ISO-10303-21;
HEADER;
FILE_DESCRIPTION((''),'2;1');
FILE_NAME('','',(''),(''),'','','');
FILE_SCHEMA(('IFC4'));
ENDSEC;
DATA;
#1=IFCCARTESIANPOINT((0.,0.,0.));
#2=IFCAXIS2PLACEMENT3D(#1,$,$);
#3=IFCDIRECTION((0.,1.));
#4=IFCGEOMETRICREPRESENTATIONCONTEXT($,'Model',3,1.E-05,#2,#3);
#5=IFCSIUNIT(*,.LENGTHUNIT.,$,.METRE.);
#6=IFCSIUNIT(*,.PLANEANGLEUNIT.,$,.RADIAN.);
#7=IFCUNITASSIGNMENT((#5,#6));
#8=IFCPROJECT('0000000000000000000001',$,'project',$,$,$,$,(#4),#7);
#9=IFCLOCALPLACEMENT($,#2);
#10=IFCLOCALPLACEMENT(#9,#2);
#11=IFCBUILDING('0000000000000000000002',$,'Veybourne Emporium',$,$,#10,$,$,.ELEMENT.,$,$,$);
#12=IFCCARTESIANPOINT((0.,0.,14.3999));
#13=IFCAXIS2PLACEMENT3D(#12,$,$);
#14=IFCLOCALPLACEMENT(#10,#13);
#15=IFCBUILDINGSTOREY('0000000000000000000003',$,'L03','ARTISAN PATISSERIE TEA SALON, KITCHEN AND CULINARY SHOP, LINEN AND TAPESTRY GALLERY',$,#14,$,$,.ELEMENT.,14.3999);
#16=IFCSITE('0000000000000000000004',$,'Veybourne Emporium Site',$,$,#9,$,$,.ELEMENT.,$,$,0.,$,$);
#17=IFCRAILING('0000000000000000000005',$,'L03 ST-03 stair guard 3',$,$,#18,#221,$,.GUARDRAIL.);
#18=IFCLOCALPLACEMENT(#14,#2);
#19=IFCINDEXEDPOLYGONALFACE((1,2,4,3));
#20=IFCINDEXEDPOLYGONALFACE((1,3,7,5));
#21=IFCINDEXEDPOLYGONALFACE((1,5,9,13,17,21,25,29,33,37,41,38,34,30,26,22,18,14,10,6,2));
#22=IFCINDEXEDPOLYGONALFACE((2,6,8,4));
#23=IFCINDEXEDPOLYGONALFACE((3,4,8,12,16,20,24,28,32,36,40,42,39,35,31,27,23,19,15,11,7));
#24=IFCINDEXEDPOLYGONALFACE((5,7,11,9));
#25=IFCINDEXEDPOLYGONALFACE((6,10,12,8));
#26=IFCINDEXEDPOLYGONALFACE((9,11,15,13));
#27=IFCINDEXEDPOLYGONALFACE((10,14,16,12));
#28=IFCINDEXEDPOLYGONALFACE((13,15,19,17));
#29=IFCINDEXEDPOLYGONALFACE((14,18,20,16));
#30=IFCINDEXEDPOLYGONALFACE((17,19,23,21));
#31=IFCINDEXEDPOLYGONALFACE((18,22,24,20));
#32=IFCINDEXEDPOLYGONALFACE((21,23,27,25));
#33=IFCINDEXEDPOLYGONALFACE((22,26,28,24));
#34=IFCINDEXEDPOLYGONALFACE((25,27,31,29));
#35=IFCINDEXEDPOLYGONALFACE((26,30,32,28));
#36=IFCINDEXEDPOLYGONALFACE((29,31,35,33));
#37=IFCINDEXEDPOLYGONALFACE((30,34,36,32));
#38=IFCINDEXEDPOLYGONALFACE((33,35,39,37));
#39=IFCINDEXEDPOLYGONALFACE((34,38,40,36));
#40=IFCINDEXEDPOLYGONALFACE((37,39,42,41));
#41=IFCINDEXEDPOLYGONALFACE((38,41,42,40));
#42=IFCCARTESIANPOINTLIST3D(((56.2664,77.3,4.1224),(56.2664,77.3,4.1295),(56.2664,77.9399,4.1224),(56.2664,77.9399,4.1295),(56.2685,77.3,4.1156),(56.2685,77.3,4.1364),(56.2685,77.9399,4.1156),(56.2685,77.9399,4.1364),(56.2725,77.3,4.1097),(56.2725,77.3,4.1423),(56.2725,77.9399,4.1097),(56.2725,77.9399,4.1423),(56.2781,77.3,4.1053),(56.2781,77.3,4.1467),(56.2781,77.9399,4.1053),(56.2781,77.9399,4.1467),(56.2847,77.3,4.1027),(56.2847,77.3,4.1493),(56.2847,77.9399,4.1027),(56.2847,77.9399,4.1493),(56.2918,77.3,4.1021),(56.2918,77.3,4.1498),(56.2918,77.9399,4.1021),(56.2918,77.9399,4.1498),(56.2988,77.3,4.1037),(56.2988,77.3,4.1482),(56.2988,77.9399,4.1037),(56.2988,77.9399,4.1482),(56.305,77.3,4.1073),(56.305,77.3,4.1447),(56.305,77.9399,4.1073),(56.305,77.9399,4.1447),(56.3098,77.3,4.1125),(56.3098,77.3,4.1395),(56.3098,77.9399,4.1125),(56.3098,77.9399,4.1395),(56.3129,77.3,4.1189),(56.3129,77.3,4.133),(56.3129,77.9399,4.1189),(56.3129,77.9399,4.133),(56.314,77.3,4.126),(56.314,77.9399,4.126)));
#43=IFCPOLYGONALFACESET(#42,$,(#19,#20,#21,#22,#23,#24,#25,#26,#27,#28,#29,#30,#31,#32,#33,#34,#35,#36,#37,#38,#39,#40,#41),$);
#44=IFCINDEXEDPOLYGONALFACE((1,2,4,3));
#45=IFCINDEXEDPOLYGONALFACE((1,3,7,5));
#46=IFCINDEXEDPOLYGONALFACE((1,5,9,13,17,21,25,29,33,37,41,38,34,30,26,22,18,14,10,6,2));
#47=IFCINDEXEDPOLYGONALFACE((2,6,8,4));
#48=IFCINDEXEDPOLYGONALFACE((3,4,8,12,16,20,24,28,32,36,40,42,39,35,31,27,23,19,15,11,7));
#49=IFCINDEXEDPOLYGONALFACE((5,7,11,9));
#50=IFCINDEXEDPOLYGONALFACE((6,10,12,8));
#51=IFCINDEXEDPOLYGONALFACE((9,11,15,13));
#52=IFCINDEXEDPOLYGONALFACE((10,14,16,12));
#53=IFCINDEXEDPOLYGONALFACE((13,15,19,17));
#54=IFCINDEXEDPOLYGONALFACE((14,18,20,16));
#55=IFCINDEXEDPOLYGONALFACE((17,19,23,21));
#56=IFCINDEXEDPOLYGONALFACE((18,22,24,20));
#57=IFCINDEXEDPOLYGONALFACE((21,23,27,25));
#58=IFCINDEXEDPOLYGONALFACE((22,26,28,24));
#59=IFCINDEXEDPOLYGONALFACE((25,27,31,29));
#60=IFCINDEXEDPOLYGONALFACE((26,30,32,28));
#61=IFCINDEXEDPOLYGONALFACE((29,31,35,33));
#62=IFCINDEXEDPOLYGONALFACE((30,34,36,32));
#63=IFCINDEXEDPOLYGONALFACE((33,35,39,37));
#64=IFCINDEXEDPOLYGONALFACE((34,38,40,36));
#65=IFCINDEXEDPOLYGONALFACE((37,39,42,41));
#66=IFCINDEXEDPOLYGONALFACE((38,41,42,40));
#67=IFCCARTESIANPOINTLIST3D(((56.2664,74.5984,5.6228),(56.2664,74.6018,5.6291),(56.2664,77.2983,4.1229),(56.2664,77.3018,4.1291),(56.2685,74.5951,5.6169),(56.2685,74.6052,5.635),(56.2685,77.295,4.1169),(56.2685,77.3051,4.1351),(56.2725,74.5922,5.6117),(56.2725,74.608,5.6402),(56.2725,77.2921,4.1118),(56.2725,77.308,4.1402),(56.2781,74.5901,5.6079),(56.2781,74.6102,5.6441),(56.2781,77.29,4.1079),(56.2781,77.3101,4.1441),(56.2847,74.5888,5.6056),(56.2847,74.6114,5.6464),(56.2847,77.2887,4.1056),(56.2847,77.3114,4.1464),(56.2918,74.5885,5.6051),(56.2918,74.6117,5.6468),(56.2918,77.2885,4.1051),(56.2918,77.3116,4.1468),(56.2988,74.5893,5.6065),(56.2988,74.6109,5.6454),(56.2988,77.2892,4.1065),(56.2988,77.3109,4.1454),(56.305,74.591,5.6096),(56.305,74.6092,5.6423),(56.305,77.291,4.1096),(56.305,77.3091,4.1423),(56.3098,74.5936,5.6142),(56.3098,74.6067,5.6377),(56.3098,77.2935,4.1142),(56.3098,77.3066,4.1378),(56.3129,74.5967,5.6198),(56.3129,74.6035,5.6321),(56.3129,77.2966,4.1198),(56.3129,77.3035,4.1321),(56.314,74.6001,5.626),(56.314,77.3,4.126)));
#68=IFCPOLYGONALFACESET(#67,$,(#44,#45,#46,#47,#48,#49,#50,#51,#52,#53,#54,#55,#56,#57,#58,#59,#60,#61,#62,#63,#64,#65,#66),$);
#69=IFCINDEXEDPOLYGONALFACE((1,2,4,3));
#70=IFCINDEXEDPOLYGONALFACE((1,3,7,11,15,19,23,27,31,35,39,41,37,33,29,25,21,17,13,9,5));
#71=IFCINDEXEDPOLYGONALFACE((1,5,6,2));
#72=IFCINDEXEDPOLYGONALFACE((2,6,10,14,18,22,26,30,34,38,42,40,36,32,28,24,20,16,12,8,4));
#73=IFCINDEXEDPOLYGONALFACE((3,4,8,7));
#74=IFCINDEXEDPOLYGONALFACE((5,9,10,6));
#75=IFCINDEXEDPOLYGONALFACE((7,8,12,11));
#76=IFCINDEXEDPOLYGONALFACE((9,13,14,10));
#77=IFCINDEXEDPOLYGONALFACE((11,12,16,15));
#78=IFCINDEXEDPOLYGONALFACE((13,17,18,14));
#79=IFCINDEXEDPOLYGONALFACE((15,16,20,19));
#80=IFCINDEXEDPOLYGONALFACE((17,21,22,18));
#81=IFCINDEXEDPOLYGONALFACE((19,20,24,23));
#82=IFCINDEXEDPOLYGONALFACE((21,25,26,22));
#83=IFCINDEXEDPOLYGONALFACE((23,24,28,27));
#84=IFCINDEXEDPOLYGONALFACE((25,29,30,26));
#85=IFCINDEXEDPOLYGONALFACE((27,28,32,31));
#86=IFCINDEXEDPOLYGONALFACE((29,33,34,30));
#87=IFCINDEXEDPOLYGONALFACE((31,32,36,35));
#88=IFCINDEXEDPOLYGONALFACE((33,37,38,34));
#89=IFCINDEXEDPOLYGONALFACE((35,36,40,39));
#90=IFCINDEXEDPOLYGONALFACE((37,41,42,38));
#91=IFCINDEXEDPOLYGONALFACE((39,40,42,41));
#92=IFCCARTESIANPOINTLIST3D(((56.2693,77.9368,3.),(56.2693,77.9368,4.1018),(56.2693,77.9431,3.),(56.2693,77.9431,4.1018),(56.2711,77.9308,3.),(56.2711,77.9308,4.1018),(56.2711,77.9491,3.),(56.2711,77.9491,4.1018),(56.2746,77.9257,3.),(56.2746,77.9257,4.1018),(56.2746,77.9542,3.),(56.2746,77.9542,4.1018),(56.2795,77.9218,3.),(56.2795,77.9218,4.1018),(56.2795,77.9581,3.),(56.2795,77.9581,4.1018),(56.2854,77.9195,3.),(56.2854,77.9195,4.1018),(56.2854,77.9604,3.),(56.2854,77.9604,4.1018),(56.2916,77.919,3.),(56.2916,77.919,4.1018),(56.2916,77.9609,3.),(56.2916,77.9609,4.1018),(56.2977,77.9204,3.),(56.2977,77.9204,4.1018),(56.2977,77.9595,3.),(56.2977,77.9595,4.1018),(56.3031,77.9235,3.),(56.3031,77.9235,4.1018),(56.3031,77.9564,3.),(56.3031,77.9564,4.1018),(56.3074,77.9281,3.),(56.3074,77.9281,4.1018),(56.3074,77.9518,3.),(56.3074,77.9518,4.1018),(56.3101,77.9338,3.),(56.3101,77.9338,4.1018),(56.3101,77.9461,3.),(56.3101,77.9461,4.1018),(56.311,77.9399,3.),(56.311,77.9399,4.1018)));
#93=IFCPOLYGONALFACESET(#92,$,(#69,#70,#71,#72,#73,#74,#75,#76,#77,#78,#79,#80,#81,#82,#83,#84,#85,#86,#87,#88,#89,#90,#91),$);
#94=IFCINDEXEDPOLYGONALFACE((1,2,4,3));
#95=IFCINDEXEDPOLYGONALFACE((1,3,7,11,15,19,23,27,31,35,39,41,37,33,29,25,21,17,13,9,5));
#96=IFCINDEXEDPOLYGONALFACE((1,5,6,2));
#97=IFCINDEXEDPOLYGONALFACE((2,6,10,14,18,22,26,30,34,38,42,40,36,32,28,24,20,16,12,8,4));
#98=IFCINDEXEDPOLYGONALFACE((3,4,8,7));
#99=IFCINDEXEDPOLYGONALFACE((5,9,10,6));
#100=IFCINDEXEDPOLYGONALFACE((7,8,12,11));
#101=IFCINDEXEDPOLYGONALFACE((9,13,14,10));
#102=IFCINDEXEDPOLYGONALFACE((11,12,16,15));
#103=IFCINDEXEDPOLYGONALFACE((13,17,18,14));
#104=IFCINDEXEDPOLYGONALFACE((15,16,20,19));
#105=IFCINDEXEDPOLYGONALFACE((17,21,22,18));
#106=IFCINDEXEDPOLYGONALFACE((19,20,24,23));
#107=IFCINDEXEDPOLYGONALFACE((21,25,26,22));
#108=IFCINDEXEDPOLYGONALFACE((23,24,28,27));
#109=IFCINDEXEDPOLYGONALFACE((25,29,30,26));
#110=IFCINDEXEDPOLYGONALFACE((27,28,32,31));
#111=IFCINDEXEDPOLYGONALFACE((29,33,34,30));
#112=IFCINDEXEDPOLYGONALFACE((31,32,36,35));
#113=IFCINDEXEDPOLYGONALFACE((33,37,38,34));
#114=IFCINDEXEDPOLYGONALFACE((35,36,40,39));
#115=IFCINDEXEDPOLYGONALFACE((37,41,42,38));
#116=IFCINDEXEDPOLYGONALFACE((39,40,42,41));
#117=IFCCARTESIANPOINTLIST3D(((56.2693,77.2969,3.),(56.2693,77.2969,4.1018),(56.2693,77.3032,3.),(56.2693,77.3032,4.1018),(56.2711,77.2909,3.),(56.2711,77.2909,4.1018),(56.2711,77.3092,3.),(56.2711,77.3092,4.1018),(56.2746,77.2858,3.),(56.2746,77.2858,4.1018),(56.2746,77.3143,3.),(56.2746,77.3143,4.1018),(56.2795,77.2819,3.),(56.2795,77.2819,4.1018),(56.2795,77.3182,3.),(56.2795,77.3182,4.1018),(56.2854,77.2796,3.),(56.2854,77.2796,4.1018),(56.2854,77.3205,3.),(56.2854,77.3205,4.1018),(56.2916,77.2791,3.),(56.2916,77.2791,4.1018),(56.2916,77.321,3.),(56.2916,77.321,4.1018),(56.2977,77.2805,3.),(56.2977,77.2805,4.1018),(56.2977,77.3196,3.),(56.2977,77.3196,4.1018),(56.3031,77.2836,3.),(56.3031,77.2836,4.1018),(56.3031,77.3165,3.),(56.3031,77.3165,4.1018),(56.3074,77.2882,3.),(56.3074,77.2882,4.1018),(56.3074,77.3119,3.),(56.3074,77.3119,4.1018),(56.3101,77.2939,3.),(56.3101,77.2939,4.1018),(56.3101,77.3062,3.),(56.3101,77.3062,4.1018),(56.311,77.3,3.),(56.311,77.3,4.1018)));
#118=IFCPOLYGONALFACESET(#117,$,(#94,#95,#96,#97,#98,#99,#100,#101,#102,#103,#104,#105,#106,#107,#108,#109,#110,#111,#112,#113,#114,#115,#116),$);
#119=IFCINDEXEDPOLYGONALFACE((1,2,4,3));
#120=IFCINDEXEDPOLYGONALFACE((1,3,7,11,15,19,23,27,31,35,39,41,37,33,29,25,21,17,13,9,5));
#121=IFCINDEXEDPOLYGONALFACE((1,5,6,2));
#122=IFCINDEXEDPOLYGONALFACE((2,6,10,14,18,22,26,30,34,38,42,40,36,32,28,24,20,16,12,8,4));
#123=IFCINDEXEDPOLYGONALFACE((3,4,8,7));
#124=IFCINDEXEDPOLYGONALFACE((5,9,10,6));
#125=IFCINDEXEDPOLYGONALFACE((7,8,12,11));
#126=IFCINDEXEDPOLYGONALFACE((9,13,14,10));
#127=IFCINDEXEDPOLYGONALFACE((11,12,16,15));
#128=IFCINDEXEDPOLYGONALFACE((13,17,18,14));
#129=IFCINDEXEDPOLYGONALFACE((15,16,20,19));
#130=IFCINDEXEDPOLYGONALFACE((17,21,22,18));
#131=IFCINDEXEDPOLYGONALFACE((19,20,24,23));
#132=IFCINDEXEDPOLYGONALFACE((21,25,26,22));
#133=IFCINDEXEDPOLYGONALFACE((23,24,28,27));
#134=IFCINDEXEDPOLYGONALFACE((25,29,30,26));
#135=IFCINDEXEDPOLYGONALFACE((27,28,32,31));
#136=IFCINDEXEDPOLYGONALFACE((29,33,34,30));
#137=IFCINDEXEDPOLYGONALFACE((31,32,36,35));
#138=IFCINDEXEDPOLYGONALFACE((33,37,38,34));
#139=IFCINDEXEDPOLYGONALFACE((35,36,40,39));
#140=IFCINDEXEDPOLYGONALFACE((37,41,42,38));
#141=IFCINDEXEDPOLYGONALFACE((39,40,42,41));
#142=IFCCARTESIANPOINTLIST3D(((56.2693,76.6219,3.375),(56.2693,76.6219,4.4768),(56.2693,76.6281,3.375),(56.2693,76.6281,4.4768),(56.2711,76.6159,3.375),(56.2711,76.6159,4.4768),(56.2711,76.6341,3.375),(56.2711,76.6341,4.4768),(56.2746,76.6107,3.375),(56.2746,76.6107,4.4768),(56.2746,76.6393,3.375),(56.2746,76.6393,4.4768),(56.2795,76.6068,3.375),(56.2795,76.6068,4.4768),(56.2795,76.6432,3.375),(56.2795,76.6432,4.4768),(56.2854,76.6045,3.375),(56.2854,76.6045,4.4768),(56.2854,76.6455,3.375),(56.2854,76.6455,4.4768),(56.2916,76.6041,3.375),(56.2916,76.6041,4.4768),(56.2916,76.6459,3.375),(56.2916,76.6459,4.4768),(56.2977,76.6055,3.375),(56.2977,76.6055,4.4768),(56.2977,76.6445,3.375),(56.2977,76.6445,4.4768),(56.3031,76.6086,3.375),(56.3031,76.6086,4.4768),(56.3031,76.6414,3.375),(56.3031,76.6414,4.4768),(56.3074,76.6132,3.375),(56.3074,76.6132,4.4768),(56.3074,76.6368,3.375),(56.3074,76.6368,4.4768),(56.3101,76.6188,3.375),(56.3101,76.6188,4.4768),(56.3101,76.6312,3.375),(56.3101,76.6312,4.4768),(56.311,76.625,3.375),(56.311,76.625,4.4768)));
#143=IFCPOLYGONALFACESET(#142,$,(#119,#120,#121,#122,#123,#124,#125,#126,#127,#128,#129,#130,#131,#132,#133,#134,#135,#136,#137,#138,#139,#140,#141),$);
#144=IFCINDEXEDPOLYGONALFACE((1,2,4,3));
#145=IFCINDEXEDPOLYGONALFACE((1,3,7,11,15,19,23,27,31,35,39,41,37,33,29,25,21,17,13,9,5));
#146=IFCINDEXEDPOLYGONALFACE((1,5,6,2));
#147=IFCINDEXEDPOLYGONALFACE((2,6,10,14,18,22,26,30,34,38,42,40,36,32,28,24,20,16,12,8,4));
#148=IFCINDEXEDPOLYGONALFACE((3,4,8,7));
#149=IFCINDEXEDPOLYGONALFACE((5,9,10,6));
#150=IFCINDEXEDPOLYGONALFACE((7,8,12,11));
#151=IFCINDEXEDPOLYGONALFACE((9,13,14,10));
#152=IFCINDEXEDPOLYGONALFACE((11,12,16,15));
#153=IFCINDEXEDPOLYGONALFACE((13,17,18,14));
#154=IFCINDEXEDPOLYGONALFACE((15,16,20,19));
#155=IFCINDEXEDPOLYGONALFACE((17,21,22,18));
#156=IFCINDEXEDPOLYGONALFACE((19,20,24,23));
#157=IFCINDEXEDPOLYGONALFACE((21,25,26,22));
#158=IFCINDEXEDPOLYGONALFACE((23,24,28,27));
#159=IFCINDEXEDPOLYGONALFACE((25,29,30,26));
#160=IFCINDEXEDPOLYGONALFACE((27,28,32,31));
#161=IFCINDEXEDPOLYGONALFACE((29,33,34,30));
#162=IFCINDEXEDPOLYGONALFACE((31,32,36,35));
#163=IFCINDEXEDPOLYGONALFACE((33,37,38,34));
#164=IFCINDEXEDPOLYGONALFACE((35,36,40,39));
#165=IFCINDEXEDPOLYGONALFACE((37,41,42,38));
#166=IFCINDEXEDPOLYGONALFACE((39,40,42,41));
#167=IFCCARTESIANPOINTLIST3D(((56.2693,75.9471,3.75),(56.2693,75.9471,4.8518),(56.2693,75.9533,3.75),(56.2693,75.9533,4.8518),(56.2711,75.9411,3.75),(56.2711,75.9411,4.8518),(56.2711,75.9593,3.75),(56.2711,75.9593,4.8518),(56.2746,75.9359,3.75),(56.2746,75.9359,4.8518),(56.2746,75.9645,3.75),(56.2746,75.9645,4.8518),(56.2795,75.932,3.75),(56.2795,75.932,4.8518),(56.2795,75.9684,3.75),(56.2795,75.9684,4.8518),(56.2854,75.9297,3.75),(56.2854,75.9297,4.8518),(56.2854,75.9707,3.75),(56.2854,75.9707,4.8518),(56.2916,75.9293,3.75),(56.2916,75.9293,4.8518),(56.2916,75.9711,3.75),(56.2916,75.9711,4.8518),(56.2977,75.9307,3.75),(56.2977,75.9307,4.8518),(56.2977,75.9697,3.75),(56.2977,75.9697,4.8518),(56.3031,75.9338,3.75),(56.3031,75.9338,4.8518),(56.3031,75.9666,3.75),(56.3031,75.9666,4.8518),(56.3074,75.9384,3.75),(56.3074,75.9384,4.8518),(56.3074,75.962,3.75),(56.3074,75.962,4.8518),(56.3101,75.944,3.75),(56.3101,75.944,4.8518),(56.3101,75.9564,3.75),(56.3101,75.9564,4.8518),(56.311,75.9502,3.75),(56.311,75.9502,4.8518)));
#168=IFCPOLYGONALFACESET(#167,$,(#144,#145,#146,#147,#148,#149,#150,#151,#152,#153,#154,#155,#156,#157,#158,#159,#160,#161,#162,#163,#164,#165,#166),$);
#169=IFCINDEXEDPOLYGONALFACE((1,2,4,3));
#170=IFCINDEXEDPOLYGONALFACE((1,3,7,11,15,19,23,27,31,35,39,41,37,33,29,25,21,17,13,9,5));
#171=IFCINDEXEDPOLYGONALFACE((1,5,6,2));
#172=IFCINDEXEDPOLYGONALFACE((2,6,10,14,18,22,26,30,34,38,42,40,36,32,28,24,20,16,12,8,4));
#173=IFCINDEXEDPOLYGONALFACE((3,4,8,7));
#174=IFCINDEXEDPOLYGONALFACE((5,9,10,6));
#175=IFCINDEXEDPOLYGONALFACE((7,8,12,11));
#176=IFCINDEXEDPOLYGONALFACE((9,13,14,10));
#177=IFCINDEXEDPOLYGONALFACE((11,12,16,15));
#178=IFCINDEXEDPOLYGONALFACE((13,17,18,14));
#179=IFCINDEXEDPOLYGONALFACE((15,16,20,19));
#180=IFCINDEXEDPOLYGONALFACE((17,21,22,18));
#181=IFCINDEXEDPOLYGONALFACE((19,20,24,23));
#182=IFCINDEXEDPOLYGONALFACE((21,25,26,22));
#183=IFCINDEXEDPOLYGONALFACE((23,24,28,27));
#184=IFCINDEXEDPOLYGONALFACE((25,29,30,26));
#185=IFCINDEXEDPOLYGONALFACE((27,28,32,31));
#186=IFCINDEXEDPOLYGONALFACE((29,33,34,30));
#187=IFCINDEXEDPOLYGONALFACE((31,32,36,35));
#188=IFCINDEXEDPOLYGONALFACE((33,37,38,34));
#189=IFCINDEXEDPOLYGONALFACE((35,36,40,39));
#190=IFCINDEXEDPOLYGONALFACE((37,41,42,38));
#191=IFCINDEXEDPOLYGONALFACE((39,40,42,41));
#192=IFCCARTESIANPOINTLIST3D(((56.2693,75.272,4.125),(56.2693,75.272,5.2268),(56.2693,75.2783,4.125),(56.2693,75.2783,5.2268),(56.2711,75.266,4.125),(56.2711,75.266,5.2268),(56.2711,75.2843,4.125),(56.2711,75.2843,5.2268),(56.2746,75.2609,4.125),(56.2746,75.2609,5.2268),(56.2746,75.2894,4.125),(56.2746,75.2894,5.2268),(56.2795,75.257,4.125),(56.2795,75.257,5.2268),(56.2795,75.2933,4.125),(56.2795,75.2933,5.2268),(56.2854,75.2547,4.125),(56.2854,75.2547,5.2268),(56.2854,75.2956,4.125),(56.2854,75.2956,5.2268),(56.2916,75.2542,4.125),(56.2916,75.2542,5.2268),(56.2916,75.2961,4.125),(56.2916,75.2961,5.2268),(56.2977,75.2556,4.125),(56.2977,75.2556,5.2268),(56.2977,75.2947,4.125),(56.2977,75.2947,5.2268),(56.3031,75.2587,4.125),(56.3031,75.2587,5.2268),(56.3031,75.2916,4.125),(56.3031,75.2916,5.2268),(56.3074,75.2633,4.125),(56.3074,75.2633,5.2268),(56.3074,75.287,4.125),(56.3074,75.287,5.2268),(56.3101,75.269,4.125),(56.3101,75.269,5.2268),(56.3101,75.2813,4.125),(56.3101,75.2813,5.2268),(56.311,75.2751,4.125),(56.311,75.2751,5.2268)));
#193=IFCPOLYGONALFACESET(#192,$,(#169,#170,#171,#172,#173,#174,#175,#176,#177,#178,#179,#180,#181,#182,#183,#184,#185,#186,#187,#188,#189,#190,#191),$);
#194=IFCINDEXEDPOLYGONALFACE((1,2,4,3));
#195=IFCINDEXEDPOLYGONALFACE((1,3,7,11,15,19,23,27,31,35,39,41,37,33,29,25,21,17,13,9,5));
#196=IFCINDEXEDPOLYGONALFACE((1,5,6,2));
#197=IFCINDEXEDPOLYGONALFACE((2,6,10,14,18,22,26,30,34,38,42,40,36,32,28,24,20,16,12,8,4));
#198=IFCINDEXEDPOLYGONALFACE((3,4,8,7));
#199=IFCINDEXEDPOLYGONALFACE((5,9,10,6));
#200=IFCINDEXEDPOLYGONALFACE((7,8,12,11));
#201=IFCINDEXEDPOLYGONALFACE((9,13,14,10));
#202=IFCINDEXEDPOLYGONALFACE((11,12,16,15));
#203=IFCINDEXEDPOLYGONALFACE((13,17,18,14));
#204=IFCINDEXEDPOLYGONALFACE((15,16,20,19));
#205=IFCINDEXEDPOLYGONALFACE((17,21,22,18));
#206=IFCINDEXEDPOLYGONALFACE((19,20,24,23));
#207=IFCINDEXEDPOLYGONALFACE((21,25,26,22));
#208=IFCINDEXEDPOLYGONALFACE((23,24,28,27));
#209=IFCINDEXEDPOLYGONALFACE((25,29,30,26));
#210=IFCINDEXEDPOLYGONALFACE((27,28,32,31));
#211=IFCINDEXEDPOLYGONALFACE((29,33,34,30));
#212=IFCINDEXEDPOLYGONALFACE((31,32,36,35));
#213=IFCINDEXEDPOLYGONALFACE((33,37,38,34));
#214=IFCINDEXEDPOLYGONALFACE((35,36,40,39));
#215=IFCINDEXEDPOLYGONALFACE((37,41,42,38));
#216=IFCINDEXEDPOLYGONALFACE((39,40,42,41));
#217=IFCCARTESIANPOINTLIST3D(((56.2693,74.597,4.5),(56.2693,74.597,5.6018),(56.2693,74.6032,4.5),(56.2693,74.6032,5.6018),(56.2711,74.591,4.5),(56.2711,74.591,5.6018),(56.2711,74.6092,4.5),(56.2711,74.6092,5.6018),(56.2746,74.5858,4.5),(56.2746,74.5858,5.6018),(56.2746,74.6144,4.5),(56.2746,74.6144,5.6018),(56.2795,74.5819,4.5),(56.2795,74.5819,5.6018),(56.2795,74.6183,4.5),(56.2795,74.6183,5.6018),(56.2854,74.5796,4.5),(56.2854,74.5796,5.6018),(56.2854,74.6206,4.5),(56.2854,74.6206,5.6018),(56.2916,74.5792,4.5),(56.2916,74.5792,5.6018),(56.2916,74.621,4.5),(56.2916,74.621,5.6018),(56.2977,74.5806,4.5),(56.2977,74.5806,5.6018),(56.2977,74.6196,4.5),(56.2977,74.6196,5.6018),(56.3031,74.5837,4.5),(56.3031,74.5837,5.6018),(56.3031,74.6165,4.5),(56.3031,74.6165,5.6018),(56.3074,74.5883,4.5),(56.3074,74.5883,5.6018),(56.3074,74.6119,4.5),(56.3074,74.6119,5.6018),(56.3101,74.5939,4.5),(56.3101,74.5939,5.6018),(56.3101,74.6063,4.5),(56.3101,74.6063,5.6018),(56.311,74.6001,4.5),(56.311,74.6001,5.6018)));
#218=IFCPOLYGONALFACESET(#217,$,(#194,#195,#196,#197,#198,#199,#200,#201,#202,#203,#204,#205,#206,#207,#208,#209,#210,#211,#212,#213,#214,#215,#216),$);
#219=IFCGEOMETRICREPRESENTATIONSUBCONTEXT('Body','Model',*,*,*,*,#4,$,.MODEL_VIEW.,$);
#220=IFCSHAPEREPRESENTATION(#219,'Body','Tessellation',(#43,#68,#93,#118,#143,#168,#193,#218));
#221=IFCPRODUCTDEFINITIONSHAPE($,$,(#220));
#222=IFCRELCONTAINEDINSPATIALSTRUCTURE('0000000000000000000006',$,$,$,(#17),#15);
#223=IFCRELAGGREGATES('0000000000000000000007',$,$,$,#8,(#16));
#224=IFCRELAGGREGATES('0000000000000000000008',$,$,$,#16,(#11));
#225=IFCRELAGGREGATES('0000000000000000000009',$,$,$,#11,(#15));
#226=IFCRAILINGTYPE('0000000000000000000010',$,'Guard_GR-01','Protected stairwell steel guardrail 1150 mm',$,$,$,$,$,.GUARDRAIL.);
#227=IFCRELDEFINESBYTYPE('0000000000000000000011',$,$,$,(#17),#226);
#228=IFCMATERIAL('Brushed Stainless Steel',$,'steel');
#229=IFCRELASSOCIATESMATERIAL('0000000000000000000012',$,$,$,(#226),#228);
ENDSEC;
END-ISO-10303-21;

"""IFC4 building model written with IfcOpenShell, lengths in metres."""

from ifc_helpers import new_model, si_unit, direction, frame, origin, origin_2d, place, context, subcontext, project, spatial, circle, extrude, material, type_object, element, save


model = new_model("IFC4")

# Units and contexts
model_context = context("Model", 3, precision=1e-05, world=origin(), true_north=direction((0.0, 1.0)))
body_context = subcontext(model_context, "Body", "Model", "MODEL_VIEW")
ifc_project = project(units=[si_unit("LENGTHUNIT", "METRE"), si_unit("PLANEANGLEUNIT", "RADIAN")], contexts=[model_context])

# Site, building, storey
site_placement = place(None, origin())
site = spatial("IfcSite", under=ifc_project, at=site_placement, Name="Veybourne Emporium Site", CompositionType="ELEMENT", RefElevation=0.0)
building_placement = place(site_placement, origin())
building = spatial("IfcBuilding", under=site, at=building_placement, Name="Veybourne Emporium", CompositionType="ELEMENT")
storey_placement = place(building_placement, frame((0.0, 0.0, 14.3999)))
storey = spatial("IfcBuildingStorey", under=building, at=storey_placement, Name="L03", Description="ARTISAN PATISSERIE TEA SALON, KITCHEN AND CULINARY SHOP, LINEN AND TAPESTRY GALLERY", CompositionType="ELEMENT", Elevation=14.3999)

# Railing
ifc_material_1 = material(Name="Brushed Stainless Steel", Category="steel")
railing_type_1 = type_object("IfcRailingType", Name="Guard_GR-01", Description="Protected stairwell steel guardrail 1150 mm", PredefinedType="GUARDRAIL", material=ifc_material_1)
railing_1_placement = place(storey_placement, frame((56.29, 77.9399, 3.0)))
element("IfcRailing", 1, at=railing_1_placement, inside=storey, type_object=railing_type_1, Name="L03 ST-03 stair guard 3", PredefinedType="GUARDRAIL", context=body_context, shape_type="SweptSolid", body=[
    extrude(circle(Radius=0.0239, at=origin_2d()), frame((0.0, 0.0, 1.126), z_axis=(0.0, -1.0, 0.0), x_axis=(1.0, 0.0, 0.0)), (0.0, 0.0, 1.0), 0.6399),
    extrude(circle(Radius=0.0239, at=origin_2d()), frame((0.0, -0.6399, 1.126), z_axis=(0.0, -0.874154, 0.48565), x_axis=(1.0, 0.0, 0.0)), (0.0, 0.0, 1.0), 3.0886),
    extrude(circle(Radius=0.021, at=origin_2d()), origin(), (0.0, 0.0, 1.0), 1.1018),
    extrude(circle(Radius=0.021, at=origin_2d()), frame((0.0, -0.6399, 0.0)), (0.0, 0.0, 1.0), 1.1018),
    extrude(circle(Radius=0.021, at=origin_2d()), frame((0.0, -1.3149, 0.375)), (0.0, 0.0, 1.0), 1.1018),
    extrude(circle(Radius=0.021, at=origin_2d()), frame((0.0, -1.9897, 0.75)), (0.0, 0.0, 1.0), 1.1018),
    extrude(circle(Radius=0.021, at=origin_2d()), frame((0.0, -2.6648, 1.125)), (0.0, 0.0, 1.0), 1.1018),
    extrude(circle(Radius=0.021, at=origin_2d()), frame((0.0, -3.3398, 1.5)), (0.0, 0.0, 1.0), 1.1018),
])

save(model, "model.ifc")
